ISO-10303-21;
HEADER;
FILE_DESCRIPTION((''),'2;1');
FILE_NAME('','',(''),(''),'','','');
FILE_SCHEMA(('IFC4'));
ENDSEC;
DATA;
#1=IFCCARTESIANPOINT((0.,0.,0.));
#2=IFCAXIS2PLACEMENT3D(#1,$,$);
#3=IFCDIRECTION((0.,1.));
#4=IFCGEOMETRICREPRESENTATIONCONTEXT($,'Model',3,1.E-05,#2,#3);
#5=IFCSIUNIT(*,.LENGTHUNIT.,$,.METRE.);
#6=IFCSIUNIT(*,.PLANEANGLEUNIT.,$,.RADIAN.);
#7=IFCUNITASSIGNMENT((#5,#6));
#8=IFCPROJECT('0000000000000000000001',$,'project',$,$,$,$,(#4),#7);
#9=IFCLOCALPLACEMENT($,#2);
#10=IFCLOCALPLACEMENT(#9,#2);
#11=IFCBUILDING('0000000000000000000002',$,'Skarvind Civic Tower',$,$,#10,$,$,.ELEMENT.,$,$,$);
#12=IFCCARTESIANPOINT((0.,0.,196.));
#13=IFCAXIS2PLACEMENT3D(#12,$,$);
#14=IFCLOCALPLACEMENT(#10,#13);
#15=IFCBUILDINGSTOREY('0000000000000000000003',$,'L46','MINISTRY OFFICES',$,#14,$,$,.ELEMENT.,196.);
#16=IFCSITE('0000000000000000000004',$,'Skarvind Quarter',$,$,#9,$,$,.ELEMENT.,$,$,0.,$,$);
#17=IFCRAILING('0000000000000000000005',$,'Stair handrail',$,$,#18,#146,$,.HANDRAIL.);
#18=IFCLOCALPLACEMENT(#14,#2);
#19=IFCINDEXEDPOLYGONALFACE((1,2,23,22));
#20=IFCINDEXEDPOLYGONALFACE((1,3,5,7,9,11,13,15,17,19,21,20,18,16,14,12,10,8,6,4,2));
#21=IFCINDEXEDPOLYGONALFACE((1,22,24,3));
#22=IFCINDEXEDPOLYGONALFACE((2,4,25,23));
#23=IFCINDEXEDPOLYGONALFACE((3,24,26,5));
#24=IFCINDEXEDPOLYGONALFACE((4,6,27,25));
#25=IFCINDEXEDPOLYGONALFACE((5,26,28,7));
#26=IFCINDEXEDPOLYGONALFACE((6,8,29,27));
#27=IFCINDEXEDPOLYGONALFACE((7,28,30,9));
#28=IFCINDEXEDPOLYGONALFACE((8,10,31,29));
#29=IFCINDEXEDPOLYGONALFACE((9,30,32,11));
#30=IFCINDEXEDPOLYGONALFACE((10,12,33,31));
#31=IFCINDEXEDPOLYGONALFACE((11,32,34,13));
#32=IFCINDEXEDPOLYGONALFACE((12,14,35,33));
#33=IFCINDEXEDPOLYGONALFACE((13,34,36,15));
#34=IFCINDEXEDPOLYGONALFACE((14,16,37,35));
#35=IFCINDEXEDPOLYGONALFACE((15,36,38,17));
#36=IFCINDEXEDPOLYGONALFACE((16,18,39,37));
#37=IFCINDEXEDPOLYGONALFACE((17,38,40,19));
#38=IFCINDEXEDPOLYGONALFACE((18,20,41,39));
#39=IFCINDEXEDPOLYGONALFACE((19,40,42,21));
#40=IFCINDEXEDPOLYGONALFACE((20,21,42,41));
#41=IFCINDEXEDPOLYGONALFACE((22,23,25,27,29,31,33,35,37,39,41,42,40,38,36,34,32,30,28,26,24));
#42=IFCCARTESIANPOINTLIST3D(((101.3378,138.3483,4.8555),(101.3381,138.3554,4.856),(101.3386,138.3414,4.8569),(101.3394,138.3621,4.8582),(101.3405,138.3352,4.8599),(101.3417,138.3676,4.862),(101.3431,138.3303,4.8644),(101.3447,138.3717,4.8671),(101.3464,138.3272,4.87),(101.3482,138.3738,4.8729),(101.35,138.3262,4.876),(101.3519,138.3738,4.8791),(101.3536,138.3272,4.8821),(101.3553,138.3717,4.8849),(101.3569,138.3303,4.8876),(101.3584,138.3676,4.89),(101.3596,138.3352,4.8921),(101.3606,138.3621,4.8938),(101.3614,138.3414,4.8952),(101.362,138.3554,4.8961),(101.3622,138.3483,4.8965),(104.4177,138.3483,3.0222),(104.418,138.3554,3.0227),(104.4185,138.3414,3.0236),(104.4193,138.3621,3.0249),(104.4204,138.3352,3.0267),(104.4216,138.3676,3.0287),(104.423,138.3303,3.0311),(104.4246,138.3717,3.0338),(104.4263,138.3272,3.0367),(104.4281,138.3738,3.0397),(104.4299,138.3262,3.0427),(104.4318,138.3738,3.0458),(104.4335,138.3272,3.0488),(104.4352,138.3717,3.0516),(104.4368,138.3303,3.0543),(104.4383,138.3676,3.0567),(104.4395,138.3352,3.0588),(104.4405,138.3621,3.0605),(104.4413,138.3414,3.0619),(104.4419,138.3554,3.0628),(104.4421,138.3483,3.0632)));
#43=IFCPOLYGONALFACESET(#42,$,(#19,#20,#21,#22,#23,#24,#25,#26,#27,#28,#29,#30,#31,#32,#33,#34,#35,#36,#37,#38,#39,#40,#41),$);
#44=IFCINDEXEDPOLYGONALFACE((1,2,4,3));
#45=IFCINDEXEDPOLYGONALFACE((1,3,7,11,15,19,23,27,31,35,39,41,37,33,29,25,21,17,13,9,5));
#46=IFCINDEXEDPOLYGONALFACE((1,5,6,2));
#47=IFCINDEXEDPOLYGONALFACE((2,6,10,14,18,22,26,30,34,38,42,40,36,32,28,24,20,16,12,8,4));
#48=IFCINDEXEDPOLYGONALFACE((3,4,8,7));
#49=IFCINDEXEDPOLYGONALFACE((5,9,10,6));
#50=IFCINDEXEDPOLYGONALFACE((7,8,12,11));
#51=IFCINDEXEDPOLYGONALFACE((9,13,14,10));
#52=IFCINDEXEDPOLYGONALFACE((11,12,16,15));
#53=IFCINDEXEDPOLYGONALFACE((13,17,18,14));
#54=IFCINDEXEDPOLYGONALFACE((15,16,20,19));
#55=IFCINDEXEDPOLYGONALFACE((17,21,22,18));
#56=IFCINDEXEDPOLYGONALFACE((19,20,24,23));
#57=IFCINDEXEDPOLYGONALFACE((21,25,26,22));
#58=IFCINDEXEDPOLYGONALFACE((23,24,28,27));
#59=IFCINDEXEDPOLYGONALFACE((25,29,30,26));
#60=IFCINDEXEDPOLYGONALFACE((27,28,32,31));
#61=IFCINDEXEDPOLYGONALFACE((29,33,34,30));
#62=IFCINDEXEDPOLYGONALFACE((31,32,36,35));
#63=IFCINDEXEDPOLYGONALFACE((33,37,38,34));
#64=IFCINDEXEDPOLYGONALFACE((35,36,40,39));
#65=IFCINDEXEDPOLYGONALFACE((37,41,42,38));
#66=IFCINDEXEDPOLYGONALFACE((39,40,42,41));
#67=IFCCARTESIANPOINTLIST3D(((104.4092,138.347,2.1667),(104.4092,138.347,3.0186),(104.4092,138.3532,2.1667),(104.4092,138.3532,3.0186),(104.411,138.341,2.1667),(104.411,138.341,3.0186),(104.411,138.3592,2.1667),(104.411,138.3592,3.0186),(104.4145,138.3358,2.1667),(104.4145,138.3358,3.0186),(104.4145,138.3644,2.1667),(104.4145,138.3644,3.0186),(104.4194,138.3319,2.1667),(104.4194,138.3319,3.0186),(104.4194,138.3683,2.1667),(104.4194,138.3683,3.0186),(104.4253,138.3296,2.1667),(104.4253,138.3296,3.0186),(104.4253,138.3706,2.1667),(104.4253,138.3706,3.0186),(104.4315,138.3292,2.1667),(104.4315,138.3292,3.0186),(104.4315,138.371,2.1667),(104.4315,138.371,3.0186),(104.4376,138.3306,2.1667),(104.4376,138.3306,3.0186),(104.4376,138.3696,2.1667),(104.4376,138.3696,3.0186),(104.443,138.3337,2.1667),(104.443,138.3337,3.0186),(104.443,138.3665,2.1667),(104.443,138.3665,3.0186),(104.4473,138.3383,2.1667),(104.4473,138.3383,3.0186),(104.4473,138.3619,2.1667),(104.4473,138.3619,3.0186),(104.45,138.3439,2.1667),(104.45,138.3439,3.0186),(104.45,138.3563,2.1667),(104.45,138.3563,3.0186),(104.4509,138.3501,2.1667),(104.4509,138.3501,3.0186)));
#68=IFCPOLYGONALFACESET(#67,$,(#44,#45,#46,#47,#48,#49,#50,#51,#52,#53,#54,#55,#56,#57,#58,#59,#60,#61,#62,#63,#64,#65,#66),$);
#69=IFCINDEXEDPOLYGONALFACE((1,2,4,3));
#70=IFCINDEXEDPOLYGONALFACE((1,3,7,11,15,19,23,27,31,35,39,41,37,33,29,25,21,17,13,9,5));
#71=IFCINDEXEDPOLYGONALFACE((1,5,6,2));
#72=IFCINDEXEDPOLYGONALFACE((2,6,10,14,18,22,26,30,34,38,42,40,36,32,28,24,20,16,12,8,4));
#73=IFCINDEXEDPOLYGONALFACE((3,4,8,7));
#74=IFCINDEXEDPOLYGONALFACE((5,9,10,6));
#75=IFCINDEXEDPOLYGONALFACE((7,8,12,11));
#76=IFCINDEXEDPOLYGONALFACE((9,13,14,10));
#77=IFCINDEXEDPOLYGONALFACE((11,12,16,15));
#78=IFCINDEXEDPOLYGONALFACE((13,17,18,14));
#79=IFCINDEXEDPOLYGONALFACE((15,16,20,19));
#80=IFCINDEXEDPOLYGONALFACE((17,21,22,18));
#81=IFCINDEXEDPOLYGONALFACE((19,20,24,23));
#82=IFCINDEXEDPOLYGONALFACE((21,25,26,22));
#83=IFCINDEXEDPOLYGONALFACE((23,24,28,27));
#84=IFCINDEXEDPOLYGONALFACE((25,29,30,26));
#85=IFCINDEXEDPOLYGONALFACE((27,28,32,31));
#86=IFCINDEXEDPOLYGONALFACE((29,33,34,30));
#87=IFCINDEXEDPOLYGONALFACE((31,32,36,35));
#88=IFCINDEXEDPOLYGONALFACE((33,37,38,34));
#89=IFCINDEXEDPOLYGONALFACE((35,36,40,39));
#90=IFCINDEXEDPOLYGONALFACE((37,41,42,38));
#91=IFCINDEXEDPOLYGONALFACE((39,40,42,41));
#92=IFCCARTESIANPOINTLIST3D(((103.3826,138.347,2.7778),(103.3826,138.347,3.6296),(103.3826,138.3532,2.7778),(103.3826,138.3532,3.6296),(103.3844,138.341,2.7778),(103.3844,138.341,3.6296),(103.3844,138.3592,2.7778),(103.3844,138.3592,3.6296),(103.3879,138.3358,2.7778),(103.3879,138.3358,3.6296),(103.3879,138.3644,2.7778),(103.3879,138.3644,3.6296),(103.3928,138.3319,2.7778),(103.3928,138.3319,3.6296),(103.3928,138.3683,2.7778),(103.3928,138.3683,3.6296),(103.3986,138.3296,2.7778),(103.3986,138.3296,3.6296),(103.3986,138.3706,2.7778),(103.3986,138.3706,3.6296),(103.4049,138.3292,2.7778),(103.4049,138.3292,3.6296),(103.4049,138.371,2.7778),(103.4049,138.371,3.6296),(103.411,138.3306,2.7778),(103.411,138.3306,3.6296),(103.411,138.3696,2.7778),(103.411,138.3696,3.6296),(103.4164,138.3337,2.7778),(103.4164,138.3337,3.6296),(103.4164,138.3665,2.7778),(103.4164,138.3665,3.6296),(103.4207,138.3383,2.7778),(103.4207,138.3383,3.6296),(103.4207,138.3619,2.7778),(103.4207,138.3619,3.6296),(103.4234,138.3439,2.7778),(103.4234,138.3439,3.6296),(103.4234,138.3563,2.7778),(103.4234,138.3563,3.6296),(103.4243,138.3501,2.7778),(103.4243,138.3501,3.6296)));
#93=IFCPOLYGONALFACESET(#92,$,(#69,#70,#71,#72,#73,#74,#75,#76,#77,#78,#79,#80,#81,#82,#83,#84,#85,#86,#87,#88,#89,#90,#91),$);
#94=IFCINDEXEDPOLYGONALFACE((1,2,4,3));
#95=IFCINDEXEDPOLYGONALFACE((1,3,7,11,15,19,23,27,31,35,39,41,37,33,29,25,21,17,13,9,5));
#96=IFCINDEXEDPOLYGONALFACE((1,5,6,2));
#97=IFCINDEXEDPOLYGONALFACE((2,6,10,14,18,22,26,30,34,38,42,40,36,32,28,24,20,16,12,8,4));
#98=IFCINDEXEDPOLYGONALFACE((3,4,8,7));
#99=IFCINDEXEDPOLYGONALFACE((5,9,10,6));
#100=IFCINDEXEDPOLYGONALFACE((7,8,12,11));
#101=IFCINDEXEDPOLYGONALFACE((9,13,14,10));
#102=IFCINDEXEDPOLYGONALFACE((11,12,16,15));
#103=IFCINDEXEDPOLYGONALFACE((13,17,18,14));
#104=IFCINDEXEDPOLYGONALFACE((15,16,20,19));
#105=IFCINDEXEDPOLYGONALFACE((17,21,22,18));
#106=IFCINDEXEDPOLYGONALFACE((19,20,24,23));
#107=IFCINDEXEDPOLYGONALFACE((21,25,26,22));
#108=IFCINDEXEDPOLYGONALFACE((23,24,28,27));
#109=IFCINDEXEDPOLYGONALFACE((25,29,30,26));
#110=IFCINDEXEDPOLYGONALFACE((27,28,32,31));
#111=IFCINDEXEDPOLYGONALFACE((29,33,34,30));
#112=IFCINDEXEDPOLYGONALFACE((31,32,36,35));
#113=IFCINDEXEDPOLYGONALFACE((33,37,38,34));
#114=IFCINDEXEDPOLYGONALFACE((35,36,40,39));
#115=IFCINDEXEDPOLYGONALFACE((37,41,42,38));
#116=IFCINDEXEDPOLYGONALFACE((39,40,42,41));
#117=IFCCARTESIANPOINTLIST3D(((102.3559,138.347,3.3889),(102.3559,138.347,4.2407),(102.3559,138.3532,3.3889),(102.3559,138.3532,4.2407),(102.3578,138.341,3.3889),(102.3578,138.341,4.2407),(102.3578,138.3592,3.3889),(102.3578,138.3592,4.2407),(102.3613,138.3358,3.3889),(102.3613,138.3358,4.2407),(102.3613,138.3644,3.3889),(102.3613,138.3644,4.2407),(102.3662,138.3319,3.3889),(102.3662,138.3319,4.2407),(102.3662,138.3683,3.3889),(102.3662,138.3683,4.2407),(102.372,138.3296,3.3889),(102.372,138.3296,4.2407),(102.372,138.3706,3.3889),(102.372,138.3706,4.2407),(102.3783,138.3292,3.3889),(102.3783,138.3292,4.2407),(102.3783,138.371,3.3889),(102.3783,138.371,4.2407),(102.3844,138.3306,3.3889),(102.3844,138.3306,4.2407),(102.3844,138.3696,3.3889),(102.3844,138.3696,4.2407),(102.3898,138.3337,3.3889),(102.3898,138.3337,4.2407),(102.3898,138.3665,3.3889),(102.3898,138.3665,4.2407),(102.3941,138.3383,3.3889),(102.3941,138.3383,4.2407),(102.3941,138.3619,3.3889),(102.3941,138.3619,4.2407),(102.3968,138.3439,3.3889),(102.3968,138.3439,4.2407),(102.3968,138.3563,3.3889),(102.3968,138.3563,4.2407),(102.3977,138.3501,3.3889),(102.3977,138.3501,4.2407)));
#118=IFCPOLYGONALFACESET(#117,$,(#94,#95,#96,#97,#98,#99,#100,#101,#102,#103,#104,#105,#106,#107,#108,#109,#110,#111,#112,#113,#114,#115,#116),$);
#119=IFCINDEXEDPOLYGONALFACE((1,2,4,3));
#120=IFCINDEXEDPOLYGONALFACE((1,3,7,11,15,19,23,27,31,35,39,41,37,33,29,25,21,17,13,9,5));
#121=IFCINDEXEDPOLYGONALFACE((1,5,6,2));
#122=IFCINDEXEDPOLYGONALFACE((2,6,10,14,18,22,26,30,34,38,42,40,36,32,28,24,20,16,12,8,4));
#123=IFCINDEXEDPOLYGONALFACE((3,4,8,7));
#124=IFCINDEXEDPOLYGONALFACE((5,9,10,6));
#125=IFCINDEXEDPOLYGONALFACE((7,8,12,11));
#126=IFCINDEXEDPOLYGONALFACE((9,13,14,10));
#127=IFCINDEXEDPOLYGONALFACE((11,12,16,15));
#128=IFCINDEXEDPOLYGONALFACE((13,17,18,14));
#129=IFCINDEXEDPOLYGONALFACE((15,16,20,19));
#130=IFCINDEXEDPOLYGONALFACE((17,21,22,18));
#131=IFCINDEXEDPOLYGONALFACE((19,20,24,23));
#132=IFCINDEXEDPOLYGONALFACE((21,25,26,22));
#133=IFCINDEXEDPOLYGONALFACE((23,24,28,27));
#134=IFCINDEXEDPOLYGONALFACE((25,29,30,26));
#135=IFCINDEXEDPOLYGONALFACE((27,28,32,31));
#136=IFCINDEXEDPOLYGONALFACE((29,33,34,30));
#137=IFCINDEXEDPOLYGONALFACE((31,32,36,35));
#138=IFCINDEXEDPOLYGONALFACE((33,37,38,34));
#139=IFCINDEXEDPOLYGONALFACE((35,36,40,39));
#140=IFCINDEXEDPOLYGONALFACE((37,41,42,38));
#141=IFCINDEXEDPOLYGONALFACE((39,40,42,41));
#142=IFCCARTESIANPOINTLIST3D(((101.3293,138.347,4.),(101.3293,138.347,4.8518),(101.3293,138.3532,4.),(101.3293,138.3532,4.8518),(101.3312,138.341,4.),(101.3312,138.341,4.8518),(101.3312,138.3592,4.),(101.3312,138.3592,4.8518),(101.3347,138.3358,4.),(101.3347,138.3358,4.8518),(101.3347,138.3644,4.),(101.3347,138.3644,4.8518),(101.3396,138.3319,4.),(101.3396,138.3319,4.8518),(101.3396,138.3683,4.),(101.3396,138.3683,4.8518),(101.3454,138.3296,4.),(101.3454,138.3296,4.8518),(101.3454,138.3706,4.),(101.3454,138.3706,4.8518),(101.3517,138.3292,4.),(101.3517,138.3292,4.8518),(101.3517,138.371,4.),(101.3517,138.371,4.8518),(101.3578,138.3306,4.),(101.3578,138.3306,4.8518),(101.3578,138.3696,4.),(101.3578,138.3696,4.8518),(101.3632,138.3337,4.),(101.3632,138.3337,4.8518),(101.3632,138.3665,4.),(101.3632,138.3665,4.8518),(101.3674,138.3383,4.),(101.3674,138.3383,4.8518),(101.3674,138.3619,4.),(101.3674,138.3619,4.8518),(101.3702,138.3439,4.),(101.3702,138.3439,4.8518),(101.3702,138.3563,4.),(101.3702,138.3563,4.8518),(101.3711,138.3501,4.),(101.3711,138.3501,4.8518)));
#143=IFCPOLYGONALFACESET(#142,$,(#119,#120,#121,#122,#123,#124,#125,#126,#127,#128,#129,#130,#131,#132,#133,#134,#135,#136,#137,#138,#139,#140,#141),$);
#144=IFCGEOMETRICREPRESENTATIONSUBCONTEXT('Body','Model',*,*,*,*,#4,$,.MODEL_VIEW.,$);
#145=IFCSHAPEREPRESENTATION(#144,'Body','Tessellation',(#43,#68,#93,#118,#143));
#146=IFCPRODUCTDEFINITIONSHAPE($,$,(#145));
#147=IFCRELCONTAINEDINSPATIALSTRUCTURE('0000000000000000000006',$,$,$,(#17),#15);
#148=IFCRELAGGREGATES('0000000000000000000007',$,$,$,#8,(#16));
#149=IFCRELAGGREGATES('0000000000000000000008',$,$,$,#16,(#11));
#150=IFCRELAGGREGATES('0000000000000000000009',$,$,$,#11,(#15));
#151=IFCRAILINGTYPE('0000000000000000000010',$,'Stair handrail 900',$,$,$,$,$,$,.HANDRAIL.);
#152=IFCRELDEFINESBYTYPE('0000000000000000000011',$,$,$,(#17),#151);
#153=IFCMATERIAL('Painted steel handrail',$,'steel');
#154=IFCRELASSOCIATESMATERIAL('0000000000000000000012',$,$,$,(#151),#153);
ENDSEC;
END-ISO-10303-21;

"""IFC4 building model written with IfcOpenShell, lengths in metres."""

from ifc_helpers import new_model, si_unit, direction, frame, origin, origin_2d, place, context, subcontext, project, spatial, circle, extrude, material, type_object, element, save


model = new_model("IFC4")

# Units and contexts
model_context = context("Model", 3, precision=1e-05, world=origin(), true_north=direction((0.0, 1.0)))
body_context = subcontext(model_context, "Body", "Model", "MODEL_VIEW")
ifc_project = project(units=[si_unit("LENGTHUNIT", "METRE"), si_unit("PLANEANGLEUNIT", "RADIAN")], contexts=[model_context])

# Site, building, storey
site_placement = place(None, origin())
site = spatial("IfcSite", under=ifc_project, at=site_placement, Name="Skarvind Quarter", CompositionType="ELEMENT", RefElevation=0.0)
building_placement = place(site_placement, origin())
building = spatial("IfcBuilding", under=site, at=building_placement, Name="Skarvind Civic Tower", CompositionType="ELEMENT")
storey_placement = place(building_placement, frame((0.0, 0.0, 196.0)))
storey = spatial("IfcBuildingStorey", under=building, at=storey_placement, Name="L46", Description="MINISTRY OFFICES", CompositionType="ELEMENT", Elevation=196.0)

# Railing
ifc_material_1 = material(Name="Painted steel handrail", Category="steel")
railing_type = type_object("IfcRailingType", Name="Stair handrail 900", PredefinedType="HANDRAIL", material=ifc_material_1)
railing_1_placement = place(storey_placement, frame((104.4299, 138.3501, 2.1667)))
element("IfcRailing", 1, at=railing_1_placement, inside=storey, type_object=railing_type, Name="Stair handrail", PredefinedType="HANDRAIL", context=body_context, shape_type="SweptSolid", body=[
    extrude(circle(Radius=0.0239, at=origin_2d()), frame((0.0, 0.0, 0.876), z_axis=(-0.859291, 0.0, 0.511487), x_axis=(0.0, -1.0, 0.0)), (0.0, 0.0, 1.0), 3.5842),
    extrude(circle(Radius=0.021, at=origin_2d()), origin(), (0.0, 0.0, 1.0), 0.8518),
    extrude(circle(Radius=0.021, at=origin_2d()), frame((-1.0266, 0.0, 0.6111)), (0.0, 0.0, 1.0), 0.8518),
    extrude(circle(Radius=0.021, at=origin_2d()), frame((-2.0532, 0.0, 1.2222)), (0.0, 0.0, 1.0), 0.8518),
    extrude(circle(Radius=0.021, at=origin_2d()), frame((-3.0798, 0.0, 1.8333)), (0.0, 0.0, 1.0), 0.8518),
])

save(model, "model.ifc")
